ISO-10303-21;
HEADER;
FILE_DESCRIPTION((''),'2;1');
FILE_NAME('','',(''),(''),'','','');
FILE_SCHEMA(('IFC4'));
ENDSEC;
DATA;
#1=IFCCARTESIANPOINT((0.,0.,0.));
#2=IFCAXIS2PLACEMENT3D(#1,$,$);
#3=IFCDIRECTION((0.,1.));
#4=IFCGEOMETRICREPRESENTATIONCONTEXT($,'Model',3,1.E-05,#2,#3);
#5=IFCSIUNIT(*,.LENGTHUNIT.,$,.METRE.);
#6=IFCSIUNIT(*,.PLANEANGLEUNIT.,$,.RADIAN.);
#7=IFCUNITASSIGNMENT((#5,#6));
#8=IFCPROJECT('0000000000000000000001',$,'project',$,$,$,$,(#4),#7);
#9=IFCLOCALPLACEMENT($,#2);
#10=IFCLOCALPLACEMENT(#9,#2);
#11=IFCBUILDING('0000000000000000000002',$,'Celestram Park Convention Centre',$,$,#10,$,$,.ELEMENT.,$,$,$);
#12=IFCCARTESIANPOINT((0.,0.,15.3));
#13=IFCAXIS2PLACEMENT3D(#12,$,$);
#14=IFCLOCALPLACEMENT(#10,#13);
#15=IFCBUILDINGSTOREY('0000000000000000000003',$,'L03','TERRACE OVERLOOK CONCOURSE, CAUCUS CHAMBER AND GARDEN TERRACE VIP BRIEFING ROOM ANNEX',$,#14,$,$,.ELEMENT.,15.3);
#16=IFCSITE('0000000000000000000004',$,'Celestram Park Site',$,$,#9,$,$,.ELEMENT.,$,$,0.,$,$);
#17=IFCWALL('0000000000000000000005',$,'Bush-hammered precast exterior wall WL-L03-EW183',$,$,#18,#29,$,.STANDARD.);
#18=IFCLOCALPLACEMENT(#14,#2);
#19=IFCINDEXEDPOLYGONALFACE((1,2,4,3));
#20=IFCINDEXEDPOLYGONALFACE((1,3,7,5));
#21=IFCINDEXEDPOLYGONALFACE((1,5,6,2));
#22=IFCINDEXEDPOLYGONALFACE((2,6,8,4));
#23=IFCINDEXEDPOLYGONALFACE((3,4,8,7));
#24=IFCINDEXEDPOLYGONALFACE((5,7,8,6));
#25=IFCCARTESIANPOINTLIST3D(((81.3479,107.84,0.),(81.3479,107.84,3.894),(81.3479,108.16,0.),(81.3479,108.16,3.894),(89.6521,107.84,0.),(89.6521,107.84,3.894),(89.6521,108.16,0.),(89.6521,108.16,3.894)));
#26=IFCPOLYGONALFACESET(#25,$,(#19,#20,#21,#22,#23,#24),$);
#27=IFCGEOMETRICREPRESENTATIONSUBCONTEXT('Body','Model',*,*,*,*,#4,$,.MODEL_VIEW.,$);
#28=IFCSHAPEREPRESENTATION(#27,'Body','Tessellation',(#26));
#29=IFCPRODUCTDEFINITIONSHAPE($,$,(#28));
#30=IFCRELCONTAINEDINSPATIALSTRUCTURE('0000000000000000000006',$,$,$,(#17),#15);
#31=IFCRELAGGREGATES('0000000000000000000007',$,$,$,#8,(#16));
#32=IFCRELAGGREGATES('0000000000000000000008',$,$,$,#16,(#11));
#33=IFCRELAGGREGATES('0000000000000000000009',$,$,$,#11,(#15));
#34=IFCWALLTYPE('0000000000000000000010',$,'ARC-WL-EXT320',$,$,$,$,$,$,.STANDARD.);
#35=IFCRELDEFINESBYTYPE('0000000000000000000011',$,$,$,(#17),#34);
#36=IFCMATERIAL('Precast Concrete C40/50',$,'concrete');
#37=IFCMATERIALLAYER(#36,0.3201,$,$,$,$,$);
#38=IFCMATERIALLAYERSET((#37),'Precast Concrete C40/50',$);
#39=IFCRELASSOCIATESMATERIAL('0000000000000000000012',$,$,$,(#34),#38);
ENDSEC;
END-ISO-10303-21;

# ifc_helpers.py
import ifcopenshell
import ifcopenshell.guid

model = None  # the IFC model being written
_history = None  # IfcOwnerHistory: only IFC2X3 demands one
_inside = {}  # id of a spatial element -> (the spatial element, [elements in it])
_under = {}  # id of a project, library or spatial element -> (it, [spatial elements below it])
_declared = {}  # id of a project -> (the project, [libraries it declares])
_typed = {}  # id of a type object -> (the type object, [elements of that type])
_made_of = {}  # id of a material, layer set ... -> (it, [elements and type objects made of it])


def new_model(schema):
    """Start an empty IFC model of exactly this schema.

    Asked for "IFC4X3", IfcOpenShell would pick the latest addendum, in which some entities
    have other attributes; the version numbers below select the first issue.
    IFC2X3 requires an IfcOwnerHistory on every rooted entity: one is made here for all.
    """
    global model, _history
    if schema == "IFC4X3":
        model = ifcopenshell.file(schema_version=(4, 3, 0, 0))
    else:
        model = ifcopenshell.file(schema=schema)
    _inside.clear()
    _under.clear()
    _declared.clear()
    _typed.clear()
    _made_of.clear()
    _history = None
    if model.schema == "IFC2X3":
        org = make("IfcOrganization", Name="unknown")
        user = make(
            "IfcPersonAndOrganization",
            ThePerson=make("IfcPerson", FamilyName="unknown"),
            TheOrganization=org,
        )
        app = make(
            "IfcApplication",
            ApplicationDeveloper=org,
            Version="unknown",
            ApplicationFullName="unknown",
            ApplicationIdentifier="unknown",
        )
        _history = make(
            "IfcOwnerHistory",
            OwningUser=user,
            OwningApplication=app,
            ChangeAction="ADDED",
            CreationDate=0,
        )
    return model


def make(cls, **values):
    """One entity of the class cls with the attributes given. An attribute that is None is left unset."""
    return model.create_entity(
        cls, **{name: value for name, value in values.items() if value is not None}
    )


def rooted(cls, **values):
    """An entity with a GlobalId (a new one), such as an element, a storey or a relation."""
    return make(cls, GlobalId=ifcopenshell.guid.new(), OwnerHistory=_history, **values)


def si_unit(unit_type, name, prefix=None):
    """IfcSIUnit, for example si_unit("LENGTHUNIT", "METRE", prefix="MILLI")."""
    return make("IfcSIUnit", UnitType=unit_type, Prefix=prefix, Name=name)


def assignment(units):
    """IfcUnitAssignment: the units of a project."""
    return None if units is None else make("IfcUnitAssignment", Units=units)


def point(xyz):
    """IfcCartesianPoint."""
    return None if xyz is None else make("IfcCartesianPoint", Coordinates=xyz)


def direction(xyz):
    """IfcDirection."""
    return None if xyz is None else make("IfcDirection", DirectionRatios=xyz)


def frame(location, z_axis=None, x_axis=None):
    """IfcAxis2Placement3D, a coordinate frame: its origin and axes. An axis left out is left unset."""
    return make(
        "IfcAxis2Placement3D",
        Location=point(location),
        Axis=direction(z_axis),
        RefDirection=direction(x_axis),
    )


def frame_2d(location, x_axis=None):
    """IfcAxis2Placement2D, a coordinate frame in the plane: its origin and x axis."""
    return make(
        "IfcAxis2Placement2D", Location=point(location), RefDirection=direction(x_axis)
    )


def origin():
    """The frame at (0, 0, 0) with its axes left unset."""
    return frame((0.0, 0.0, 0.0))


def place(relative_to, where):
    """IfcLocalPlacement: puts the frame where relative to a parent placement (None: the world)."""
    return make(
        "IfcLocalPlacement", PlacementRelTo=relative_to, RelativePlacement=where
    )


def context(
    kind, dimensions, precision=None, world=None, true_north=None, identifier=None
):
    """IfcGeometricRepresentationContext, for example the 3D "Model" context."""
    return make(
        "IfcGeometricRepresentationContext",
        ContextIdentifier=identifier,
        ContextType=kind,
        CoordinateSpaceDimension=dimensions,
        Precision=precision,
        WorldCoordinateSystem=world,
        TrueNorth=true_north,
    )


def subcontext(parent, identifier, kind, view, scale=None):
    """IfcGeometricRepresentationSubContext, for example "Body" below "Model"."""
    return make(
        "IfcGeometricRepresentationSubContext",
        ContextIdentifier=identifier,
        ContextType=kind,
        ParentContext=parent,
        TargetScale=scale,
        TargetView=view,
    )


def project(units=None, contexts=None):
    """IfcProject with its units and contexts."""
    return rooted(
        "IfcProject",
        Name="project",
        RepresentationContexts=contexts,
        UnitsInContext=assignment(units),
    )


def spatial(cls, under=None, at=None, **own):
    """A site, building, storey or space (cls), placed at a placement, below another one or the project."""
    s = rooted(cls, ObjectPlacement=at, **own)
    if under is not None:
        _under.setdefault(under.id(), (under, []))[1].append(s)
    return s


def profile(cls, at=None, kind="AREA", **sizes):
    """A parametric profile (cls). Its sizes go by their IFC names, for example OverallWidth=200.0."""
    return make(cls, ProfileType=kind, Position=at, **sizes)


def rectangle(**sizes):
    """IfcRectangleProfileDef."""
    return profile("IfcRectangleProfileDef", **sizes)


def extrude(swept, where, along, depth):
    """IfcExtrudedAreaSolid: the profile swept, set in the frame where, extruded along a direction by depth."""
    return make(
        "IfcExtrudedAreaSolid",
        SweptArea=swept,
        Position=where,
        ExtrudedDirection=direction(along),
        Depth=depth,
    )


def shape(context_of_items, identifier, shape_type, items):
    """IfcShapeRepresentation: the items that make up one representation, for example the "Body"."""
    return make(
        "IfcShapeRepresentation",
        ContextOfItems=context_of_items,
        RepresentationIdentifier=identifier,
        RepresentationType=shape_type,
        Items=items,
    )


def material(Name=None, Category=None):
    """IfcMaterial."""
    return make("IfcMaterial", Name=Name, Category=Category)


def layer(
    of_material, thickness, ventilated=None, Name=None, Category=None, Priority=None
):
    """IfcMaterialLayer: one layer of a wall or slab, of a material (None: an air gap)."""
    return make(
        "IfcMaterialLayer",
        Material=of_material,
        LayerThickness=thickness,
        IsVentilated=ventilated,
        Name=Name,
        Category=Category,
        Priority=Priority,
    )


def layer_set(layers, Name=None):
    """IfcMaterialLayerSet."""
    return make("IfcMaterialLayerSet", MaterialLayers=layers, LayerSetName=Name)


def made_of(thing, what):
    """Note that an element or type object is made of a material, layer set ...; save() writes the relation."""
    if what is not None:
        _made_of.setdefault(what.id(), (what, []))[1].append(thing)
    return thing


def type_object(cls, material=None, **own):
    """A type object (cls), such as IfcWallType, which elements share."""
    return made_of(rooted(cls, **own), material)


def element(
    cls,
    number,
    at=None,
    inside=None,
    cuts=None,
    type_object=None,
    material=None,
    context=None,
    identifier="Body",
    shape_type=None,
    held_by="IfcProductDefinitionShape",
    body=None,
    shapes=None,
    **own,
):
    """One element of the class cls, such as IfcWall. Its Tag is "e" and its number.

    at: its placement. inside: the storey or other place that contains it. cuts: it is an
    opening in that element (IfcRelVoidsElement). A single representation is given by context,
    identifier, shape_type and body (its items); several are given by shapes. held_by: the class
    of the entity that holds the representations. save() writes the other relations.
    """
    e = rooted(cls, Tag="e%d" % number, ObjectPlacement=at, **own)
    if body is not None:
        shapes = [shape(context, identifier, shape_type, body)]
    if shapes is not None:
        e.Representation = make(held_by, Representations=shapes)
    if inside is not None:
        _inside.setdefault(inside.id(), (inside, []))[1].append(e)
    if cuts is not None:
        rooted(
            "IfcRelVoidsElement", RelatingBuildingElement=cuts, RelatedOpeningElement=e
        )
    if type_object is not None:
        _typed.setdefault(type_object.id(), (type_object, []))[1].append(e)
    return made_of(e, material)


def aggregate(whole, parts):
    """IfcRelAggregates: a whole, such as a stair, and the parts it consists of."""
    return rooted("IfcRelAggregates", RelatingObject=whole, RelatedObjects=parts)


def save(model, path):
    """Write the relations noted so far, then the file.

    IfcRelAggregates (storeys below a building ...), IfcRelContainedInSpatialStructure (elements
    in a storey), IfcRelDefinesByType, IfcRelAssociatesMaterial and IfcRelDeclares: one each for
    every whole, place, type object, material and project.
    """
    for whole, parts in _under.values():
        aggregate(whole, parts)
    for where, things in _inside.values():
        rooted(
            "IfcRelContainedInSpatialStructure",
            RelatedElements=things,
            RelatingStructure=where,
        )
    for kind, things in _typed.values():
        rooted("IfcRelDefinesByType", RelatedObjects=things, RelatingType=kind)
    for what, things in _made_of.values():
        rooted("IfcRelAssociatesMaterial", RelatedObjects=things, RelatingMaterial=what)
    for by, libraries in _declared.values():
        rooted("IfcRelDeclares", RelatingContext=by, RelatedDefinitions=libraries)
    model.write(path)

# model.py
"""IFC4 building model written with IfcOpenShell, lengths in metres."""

from ifc_helpers import new_model, si_unit, direction, frame, frame_2d, origin, place, context, subcontext, project, spatial, rectangle, extrude, material, layer, layer_set, type_object, element, save


model = new_model("IFC4")

# Units and contexts
model_context = context("Model", 3, precision=1e-05, world=origin(), true_north=direction((0.0, 1.0)))
body_context = subcontext(model_context, "Body", "Model", "MODEL_VIEW")
ifc_project = project(units=[si_unit("LENGTHUNIT", "METRE"), si_unit("PLANEANGLEUNIT", "RADIAN")], contexts=[model_context])

# Site, building, storey
site_placement = place(None, origin())
site = spatial("IfcSite", under=ifc_project, at=site_placement, Name="Celestram Park Site", CompositionType="ELEMENT", RefElevation=0.0)
building_placement = place(site_placement, origin())
building = spatial("IfcBuilding", under=site, at=building_placement, Name="Celestram Park Convention Centre", CompositionType="ELEMENT")
storey_placement = place(building_placement, frame((0.0, 0.0, 15.3)))
storey = spatial("IfcBuildingStorey", under=building, at=storey_placement, Name="L03", Description="TERRACE OVERLOOK CONCOURSE, CAUCUS CHAMBER AND GARDEN TERRACE VIP BRIEFING ROOM ANNEX", CompositionType="ELEMENT", Elevation=15.3)

# Wall
ifc_material_1 = material(Name="Precast Concrete C40/50", Category="concrete")
ifc_layer_1 = layer(ifc_material_1, 0.3201)
ifc_layer_set_1 = layer_set([ifc_layer_1], Name="Precast Concrete C40/50")
wall_type = type_object("IfcWallType", Name="ARC-WL-EXT320", PredefinedType="STANDARD", material=ifc_layer_set_1)
wall_placement = place(storey_placement, frame((89.6521, 108.0, 0.0), z_axis=(0.0, 0.0, 1.0), x_axis=(-1.0, 0.0, 0.0)))
element("IfcWall", 1, at=wall_placement, inside=storey, type_object=wall_type, Name="Bush-hammered precast exterior wall WL-L03-EW183", PredefinedType="STANDARD", context=body_context, shape_type="SweptSolid", body=[
    extrude(rectangle(XDim=8.3042, YDim=0.3201, at=frame_2d((4.1521, 0.0))), origin(), (0.0, 0.0, 1.0), 3.894),
])

save(model, "model.ifc")
